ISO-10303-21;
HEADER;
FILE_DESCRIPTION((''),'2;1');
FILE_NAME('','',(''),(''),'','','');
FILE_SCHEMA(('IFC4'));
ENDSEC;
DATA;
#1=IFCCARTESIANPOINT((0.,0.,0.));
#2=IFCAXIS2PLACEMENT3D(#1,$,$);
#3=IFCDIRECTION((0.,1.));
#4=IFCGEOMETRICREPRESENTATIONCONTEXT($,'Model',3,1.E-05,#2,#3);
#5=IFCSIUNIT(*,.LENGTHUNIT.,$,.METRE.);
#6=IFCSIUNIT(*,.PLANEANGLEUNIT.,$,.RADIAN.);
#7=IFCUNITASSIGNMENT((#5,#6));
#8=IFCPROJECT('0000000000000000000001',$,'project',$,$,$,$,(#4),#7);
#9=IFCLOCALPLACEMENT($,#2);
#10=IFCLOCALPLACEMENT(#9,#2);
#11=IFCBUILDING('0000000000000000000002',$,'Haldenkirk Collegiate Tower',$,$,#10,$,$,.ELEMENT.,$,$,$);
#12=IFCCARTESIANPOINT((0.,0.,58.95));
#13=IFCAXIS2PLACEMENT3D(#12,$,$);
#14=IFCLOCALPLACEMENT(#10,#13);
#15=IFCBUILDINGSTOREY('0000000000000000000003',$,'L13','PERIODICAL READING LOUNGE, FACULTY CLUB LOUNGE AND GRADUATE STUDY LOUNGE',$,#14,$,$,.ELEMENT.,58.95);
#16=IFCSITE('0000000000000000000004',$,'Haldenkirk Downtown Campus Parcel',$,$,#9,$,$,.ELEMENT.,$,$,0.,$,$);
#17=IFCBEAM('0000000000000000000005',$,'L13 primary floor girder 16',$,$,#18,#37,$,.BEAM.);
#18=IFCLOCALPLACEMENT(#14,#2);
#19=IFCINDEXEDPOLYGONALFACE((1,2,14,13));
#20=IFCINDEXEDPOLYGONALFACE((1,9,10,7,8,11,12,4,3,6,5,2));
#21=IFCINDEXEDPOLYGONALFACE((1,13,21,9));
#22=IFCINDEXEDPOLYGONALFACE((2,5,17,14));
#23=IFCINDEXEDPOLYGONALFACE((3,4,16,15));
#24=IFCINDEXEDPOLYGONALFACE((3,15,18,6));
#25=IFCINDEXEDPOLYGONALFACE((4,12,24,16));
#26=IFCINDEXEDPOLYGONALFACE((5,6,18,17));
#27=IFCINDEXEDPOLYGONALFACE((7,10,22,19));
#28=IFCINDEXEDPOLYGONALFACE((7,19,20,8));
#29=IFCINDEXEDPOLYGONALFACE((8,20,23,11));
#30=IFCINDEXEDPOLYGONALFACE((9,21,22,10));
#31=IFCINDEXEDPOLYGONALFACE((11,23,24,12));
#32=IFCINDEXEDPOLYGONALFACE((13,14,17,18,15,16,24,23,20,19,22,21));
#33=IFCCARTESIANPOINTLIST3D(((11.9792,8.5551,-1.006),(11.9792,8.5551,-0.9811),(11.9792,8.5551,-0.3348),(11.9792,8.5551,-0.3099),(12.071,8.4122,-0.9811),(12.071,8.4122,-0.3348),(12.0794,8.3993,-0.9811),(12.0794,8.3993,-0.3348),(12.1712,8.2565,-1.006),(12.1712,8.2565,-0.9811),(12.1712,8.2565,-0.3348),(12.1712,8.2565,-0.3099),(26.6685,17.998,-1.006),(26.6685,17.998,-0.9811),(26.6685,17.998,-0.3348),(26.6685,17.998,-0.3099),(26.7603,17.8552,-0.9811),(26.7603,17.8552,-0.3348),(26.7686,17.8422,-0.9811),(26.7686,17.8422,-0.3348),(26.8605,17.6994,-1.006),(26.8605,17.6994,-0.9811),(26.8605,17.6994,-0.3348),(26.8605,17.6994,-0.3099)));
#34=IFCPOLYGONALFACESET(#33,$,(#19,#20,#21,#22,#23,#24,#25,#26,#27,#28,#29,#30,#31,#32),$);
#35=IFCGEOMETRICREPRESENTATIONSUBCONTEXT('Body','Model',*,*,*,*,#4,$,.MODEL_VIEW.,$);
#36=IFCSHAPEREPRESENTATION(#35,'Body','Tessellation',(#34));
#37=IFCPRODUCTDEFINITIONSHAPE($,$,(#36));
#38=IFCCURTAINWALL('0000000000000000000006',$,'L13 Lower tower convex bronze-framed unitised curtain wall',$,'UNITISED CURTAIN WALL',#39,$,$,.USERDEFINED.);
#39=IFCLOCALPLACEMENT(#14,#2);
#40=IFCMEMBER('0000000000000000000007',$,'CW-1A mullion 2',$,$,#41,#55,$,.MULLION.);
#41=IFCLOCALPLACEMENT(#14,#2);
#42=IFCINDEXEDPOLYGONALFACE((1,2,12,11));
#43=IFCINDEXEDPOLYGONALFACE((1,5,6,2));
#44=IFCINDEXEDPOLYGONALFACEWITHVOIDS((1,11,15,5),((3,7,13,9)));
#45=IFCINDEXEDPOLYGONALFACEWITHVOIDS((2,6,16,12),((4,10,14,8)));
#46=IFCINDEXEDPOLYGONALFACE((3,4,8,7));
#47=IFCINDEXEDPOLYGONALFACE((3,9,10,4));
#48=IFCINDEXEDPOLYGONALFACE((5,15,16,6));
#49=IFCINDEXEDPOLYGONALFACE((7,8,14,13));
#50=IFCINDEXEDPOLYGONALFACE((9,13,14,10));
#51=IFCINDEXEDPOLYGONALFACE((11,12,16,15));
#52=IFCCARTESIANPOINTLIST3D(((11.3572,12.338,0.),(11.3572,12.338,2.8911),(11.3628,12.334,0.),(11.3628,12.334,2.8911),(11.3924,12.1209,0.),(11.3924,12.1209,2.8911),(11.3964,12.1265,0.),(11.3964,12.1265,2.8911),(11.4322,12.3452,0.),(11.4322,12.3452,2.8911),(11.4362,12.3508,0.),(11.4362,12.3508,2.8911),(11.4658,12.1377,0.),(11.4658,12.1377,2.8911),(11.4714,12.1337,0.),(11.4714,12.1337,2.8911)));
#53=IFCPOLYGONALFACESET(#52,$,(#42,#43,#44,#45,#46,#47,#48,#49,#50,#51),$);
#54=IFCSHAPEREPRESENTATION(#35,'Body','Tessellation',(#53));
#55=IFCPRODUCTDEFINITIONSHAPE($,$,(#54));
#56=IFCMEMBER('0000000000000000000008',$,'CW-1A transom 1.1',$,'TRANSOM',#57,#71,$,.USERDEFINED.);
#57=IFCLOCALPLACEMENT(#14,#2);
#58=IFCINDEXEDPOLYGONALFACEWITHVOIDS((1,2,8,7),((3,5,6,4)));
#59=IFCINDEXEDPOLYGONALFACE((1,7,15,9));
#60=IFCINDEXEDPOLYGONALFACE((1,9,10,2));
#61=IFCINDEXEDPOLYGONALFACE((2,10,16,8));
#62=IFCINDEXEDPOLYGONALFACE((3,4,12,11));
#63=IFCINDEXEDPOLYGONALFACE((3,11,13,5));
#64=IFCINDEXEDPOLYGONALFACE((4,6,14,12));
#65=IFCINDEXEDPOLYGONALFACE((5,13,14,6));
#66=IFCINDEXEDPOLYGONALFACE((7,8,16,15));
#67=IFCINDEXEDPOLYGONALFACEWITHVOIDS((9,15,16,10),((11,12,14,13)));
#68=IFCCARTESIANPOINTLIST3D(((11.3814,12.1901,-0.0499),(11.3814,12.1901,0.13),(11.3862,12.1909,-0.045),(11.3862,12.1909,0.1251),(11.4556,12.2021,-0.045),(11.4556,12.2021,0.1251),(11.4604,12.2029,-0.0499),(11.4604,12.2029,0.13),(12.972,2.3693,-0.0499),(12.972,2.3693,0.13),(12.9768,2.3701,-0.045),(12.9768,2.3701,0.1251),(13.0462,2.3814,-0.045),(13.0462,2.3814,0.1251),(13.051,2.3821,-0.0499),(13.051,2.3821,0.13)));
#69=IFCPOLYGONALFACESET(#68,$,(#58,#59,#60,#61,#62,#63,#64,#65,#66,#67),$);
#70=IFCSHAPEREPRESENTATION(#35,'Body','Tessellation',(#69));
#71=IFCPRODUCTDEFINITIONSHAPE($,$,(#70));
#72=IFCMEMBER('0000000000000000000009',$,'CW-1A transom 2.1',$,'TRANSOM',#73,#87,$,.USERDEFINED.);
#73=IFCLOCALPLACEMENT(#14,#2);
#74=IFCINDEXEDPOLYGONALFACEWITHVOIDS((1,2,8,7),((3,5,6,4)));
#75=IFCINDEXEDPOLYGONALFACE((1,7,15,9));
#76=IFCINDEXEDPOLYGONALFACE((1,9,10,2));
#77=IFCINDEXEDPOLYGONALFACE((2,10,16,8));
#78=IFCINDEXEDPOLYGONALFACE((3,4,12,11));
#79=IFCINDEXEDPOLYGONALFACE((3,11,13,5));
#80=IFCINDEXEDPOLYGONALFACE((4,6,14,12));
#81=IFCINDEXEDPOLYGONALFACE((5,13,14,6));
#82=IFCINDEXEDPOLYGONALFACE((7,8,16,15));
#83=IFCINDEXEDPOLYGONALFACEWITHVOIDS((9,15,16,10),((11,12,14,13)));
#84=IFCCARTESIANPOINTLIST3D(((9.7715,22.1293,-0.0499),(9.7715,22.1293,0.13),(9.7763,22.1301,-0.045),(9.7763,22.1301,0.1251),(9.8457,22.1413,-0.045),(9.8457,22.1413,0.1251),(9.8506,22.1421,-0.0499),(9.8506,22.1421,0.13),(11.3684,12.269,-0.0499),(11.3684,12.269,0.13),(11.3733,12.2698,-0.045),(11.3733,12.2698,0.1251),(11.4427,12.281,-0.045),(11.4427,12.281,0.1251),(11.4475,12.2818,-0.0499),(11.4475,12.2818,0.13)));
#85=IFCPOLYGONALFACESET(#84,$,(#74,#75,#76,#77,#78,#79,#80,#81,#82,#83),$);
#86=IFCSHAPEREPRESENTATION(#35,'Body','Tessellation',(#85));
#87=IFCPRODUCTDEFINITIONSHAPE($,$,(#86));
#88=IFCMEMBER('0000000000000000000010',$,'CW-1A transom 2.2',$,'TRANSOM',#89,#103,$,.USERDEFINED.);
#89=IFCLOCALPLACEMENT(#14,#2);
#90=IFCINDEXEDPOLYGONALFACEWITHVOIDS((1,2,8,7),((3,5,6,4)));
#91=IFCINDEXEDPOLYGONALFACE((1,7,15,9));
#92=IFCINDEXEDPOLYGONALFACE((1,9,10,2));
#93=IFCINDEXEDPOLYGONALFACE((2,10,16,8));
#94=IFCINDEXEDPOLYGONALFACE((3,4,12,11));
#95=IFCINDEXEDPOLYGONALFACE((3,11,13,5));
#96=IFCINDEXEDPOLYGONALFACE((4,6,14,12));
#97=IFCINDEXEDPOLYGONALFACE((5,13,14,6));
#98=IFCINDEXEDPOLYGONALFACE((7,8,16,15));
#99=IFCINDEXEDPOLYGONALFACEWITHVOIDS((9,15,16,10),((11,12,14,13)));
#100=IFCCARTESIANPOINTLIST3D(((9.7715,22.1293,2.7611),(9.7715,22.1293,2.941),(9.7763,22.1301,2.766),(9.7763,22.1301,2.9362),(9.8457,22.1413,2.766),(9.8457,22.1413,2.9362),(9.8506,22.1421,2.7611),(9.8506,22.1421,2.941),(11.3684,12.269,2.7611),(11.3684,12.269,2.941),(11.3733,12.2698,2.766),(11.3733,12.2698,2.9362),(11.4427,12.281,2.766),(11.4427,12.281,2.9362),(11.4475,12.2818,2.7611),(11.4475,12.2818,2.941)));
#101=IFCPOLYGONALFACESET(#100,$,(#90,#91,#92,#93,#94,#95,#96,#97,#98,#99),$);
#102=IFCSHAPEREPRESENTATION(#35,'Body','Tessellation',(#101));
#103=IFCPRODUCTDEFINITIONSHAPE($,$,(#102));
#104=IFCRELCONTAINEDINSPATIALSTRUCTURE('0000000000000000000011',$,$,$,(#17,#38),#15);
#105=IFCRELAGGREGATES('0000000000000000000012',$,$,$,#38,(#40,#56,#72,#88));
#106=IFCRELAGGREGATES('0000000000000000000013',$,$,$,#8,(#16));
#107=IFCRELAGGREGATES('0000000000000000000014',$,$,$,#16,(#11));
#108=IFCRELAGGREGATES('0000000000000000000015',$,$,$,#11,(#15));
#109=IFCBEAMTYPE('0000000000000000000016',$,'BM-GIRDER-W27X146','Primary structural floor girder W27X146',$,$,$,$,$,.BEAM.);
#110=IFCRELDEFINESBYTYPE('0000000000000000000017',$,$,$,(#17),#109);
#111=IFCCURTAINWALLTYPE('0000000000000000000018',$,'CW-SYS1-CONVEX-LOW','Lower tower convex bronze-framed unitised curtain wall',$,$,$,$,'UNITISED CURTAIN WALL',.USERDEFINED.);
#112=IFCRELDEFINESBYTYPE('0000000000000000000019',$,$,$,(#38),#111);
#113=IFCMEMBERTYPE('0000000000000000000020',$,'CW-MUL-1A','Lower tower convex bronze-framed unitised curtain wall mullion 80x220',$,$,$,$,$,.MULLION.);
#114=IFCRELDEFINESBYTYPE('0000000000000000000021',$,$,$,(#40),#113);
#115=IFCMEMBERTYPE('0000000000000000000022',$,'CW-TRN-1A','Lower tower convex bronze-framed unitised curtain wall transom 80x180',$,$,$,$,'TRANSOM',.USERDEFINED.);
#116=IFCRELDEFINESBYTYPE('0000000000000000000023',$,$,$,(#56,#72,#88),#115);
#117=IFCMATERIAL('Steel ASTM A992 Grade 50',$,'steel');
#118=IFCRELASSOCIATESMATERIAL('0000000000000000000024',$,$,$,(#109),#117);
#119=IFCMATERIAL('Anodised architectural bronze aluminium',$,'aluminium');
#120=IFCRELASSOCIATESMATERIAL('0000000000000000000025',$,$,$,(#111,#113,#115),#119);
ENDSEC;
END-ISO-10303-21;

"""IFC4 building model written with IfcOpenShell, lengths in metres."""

from ifc_helpers import new_model, si_unit, direction, frame, origin, origin_2d, place, context, subcontext, project, spatial, hollow_rectangle, i_section, extrude, material, material_profile, profile_set, type_object, element, aggregate, save


model = new_model("IFC4")

# Units and contexts
model_context = context("Model", 3, precision=1e-05, world=origin(), true_north=direction((0.0, 1.0)))
body_context = subcontext(model_context, "Body", "Model", "MODEL_VIEW")
ifc_project = project(units=[si_unit("LENGTHUNIT", "METRE"), si_unit("PLANEANGLEUNIT", "RADIAN")], contexts=[model_context])

# Site, building, storey
site_placement = place(None, origin())
site = spatial("IfcSite", under=ifc_project, at=site_placement, Name="Haldenkirk Downtown Campus Parcel", CompositionType="ELEMENT", RefElevation=0.0)
building_placement = place(site_placement, origin())
building = spatial("IfcBuilding", under=site, at=building_placement, Name="Haldenkirk Collegiate Tower", CompositionType="ELEMENT")
storey_placement = place(building_placement, frame((0.0, 0.0, 58.95)))
storey = spatial("IfcBuildingStorey", under=building, at=storey_placement, Name="L13", Description="PERIODICAL READING LOUNGE, FACULTY CLUB LOUNGE AND GRADUATE STUDY LOUNGE", CompositionType="ELEMENT", Elevation=58.95)

# Beam
ifc_material_1 = material(Name="Steel ASTM A992 Grade 50", Category="steel")
ifc_material_profile_1 = material_profile(ifc_material_1, i_section(OverallWidth=0.355, OverallDepth=0.696, WebThickness=0.0154, FlangeThickness=0.0249, at=origin_2d()), Name="W27X146")
ifc_profile_set_1 = profile_set([ifc_material_profile_1], Name="Steel ASTM A992 Grade 50")
beam_type = type_object("IfcBeamType", Name="BM-GIRDER-W27X146", Description="Primary structural floor girder W27X146", PredefinedType="BEAM", material=ifc_profile_set_1)
beam_placement = place(storey_placement, frame((12.0752, 8.4058, -0.658), z_axis=(0.841183, 0.54075, 0.0), x_axis=(-0.54075, 0.841183, 0.0)))
element("IfcBeam", 1, at=beam_placement, inside=storey, type_object=beam_type, Name="L13 primary floor girder 16", PredefinedType="BEAM", context=body_context, shape_type="SweptSolid", body=[
    extrude(i_section(OverallWidth=0.355, OverallDepth=0.696, WebThickness=0.0154, FlangeThickness=0.0249, at=origin_2d()), origin(), (0.0, 0.0, 1.0), 17.4626),
])

# Curtain wall, members
ifc_material_2 = material(Name="Anodised architectural bronze aluminium", Category="aluminium")
curtain_wall_type = type_object("IfcCurtainWallType", Name="CW-SYS1-CONVEX-LOW", Description="Lower tower convex bronze-framed unitised curtain wall", ElementType="UNITISED CURTAIN WALL", PredefinedType="USERDEFINED", material=ifc_material_2)
curtain_wall_placement = place(storey_placement, origin())
curtain_wall = element("IfcCurtainWall", 2, at=curtain_wall_placement, inside=storey, type_object=curtain_wall_type, Name="L13 Lower tower convex bronze-framed unitised curtain wall", ObjectType="UNITISED CURTAIN WALL", PredefinedType="USERDEFINED")
ifc_material_profile_2 = material_profile(ifc_material_2, hollow_rectangle(XDim=0.0801, YDim=0.22, WallThickness=0.0049, at=origin_2d()), Name="CW-MUL-1A")
ifc_profile_set_2 = profile_set([ifc_material_profile_2], Name="Anodised architectural bronze aluminium")
member_type_1 = type_object("IfcMemberType", Name="CW-MUL-1A", Description="Lower tower convex bronze-framed unitised curtain wall mullion 80x220", PredefinedType="MULLION", material=ifc_profile_set_2)
member_1_placement = place(storey_placement, frame((11.4143, 12.2358, 0.0), z_axis=(0.0, 0.0, 1.0), x_axis=(-0.987136, -0.159881, 0.0)))
member_1 = element("IfcMember", 3, at=member_1_placement, type_object=member_type_1, Name="CW-1A mullion 2", PredefinedType="MULLION", context=body_context, shape_type="SweptSolid", body=[
    extrude(hollow_rectangle(XDim=0.0801, YDim=0.22, WallThickness=0.0049, at=origin_2d()), origin(), (0.0, 0.0, 1.0), 2.8911),
])
ifc_material_profile_3 = material_profile(ifc_material_2, hollow_rectangle(XDim=0.0801, YDim=0.1799, WallThickness=0.0049, at=origin_2d()), Name="CW-TRN-1A")
ifc_profile_set_3 = profile_set([ifc_material_profile_3], Name="Anodised architectural bronze aluminium")
member_type_2 = type_object("IfcMemberType", Name="CW-TRN-1A", Description="Lower tower convex bronze-framed unitised curtain wall transom 80x180", ElementType="TRANSOM", PredefinedType="USERDEFINED", material=ifc_profile_set_3)
member_2_placement = place(storey_placement, frame((13.0115, 2.3757, 0.04), z_axis=(-0.159877, 0.987137, 0.0), x_axis=(-0.987137, -0.159877, 0.0)))
member_2 = element("IfcMember", 4, at=member_2_placement, type_object=member_type_2, Name="CW-1A transom 1.1", ObjectType="TRANSOM", PredefinedType="USERDEFINED", context=body_context, shape_type="SweptSolid", body=[
    extrude(hollow_rectangle(XDim=0.0801, YDim=0.1799, WallThickness=0.0049, at=origin_2d()), origin(), (0.0, 0.0, 1.0), 9.9487),
])
member_3_placement = place(storey_placement, frame((11.408, 12.2754, 0.04), z_axis=(-0.159871, 0.987138, 0.0), x_axis=(-0.987138, -0.159871, 0.0)))
member_3 = element("IfcMember", 5, at=member_3_placement, type_object=member_type_2, Name="CW-1A transom 2.1", ObjectType="TRANSOM", PredefinedType="USERDEFINED", context=body_context, shape_type="SweptSolid", body=[
    extrude(hollow_rectangle(XDim=0.0801, YDim=0.1799, WallThickness=0.0049, at=origin_2d()), origin(), (0.0, 0.0, 1.0), 9.9888),
])
member_4_placement = place(storey_placement, frame((11.408, 12.2754, 2.8511), z_axis=(-0.159871, 0.987138, 0.0), x_axis=(-0.987138, -0.159871, 0.0)))
member_4 = element("IfcMember", 6, at=member_4_placement, type_object=member_type_2, Name="CW-1A transom 2.2", ObjectType="TRANSOM", PredefinedType="USERDEFINED", context=body_context, shape_type="SweptSolid", body=[
    extrude(hollow_rectangle(XDim=0.0801, YDim=0.1799, WallThickness=0.0049, at=origin_2d()), origin(), (0.0, 0.0, 1.0), 9.9888),
])

aggregate(curtain_wall, [member_1, member_2, member_3, member_4])

save(model, "model.ifc")
